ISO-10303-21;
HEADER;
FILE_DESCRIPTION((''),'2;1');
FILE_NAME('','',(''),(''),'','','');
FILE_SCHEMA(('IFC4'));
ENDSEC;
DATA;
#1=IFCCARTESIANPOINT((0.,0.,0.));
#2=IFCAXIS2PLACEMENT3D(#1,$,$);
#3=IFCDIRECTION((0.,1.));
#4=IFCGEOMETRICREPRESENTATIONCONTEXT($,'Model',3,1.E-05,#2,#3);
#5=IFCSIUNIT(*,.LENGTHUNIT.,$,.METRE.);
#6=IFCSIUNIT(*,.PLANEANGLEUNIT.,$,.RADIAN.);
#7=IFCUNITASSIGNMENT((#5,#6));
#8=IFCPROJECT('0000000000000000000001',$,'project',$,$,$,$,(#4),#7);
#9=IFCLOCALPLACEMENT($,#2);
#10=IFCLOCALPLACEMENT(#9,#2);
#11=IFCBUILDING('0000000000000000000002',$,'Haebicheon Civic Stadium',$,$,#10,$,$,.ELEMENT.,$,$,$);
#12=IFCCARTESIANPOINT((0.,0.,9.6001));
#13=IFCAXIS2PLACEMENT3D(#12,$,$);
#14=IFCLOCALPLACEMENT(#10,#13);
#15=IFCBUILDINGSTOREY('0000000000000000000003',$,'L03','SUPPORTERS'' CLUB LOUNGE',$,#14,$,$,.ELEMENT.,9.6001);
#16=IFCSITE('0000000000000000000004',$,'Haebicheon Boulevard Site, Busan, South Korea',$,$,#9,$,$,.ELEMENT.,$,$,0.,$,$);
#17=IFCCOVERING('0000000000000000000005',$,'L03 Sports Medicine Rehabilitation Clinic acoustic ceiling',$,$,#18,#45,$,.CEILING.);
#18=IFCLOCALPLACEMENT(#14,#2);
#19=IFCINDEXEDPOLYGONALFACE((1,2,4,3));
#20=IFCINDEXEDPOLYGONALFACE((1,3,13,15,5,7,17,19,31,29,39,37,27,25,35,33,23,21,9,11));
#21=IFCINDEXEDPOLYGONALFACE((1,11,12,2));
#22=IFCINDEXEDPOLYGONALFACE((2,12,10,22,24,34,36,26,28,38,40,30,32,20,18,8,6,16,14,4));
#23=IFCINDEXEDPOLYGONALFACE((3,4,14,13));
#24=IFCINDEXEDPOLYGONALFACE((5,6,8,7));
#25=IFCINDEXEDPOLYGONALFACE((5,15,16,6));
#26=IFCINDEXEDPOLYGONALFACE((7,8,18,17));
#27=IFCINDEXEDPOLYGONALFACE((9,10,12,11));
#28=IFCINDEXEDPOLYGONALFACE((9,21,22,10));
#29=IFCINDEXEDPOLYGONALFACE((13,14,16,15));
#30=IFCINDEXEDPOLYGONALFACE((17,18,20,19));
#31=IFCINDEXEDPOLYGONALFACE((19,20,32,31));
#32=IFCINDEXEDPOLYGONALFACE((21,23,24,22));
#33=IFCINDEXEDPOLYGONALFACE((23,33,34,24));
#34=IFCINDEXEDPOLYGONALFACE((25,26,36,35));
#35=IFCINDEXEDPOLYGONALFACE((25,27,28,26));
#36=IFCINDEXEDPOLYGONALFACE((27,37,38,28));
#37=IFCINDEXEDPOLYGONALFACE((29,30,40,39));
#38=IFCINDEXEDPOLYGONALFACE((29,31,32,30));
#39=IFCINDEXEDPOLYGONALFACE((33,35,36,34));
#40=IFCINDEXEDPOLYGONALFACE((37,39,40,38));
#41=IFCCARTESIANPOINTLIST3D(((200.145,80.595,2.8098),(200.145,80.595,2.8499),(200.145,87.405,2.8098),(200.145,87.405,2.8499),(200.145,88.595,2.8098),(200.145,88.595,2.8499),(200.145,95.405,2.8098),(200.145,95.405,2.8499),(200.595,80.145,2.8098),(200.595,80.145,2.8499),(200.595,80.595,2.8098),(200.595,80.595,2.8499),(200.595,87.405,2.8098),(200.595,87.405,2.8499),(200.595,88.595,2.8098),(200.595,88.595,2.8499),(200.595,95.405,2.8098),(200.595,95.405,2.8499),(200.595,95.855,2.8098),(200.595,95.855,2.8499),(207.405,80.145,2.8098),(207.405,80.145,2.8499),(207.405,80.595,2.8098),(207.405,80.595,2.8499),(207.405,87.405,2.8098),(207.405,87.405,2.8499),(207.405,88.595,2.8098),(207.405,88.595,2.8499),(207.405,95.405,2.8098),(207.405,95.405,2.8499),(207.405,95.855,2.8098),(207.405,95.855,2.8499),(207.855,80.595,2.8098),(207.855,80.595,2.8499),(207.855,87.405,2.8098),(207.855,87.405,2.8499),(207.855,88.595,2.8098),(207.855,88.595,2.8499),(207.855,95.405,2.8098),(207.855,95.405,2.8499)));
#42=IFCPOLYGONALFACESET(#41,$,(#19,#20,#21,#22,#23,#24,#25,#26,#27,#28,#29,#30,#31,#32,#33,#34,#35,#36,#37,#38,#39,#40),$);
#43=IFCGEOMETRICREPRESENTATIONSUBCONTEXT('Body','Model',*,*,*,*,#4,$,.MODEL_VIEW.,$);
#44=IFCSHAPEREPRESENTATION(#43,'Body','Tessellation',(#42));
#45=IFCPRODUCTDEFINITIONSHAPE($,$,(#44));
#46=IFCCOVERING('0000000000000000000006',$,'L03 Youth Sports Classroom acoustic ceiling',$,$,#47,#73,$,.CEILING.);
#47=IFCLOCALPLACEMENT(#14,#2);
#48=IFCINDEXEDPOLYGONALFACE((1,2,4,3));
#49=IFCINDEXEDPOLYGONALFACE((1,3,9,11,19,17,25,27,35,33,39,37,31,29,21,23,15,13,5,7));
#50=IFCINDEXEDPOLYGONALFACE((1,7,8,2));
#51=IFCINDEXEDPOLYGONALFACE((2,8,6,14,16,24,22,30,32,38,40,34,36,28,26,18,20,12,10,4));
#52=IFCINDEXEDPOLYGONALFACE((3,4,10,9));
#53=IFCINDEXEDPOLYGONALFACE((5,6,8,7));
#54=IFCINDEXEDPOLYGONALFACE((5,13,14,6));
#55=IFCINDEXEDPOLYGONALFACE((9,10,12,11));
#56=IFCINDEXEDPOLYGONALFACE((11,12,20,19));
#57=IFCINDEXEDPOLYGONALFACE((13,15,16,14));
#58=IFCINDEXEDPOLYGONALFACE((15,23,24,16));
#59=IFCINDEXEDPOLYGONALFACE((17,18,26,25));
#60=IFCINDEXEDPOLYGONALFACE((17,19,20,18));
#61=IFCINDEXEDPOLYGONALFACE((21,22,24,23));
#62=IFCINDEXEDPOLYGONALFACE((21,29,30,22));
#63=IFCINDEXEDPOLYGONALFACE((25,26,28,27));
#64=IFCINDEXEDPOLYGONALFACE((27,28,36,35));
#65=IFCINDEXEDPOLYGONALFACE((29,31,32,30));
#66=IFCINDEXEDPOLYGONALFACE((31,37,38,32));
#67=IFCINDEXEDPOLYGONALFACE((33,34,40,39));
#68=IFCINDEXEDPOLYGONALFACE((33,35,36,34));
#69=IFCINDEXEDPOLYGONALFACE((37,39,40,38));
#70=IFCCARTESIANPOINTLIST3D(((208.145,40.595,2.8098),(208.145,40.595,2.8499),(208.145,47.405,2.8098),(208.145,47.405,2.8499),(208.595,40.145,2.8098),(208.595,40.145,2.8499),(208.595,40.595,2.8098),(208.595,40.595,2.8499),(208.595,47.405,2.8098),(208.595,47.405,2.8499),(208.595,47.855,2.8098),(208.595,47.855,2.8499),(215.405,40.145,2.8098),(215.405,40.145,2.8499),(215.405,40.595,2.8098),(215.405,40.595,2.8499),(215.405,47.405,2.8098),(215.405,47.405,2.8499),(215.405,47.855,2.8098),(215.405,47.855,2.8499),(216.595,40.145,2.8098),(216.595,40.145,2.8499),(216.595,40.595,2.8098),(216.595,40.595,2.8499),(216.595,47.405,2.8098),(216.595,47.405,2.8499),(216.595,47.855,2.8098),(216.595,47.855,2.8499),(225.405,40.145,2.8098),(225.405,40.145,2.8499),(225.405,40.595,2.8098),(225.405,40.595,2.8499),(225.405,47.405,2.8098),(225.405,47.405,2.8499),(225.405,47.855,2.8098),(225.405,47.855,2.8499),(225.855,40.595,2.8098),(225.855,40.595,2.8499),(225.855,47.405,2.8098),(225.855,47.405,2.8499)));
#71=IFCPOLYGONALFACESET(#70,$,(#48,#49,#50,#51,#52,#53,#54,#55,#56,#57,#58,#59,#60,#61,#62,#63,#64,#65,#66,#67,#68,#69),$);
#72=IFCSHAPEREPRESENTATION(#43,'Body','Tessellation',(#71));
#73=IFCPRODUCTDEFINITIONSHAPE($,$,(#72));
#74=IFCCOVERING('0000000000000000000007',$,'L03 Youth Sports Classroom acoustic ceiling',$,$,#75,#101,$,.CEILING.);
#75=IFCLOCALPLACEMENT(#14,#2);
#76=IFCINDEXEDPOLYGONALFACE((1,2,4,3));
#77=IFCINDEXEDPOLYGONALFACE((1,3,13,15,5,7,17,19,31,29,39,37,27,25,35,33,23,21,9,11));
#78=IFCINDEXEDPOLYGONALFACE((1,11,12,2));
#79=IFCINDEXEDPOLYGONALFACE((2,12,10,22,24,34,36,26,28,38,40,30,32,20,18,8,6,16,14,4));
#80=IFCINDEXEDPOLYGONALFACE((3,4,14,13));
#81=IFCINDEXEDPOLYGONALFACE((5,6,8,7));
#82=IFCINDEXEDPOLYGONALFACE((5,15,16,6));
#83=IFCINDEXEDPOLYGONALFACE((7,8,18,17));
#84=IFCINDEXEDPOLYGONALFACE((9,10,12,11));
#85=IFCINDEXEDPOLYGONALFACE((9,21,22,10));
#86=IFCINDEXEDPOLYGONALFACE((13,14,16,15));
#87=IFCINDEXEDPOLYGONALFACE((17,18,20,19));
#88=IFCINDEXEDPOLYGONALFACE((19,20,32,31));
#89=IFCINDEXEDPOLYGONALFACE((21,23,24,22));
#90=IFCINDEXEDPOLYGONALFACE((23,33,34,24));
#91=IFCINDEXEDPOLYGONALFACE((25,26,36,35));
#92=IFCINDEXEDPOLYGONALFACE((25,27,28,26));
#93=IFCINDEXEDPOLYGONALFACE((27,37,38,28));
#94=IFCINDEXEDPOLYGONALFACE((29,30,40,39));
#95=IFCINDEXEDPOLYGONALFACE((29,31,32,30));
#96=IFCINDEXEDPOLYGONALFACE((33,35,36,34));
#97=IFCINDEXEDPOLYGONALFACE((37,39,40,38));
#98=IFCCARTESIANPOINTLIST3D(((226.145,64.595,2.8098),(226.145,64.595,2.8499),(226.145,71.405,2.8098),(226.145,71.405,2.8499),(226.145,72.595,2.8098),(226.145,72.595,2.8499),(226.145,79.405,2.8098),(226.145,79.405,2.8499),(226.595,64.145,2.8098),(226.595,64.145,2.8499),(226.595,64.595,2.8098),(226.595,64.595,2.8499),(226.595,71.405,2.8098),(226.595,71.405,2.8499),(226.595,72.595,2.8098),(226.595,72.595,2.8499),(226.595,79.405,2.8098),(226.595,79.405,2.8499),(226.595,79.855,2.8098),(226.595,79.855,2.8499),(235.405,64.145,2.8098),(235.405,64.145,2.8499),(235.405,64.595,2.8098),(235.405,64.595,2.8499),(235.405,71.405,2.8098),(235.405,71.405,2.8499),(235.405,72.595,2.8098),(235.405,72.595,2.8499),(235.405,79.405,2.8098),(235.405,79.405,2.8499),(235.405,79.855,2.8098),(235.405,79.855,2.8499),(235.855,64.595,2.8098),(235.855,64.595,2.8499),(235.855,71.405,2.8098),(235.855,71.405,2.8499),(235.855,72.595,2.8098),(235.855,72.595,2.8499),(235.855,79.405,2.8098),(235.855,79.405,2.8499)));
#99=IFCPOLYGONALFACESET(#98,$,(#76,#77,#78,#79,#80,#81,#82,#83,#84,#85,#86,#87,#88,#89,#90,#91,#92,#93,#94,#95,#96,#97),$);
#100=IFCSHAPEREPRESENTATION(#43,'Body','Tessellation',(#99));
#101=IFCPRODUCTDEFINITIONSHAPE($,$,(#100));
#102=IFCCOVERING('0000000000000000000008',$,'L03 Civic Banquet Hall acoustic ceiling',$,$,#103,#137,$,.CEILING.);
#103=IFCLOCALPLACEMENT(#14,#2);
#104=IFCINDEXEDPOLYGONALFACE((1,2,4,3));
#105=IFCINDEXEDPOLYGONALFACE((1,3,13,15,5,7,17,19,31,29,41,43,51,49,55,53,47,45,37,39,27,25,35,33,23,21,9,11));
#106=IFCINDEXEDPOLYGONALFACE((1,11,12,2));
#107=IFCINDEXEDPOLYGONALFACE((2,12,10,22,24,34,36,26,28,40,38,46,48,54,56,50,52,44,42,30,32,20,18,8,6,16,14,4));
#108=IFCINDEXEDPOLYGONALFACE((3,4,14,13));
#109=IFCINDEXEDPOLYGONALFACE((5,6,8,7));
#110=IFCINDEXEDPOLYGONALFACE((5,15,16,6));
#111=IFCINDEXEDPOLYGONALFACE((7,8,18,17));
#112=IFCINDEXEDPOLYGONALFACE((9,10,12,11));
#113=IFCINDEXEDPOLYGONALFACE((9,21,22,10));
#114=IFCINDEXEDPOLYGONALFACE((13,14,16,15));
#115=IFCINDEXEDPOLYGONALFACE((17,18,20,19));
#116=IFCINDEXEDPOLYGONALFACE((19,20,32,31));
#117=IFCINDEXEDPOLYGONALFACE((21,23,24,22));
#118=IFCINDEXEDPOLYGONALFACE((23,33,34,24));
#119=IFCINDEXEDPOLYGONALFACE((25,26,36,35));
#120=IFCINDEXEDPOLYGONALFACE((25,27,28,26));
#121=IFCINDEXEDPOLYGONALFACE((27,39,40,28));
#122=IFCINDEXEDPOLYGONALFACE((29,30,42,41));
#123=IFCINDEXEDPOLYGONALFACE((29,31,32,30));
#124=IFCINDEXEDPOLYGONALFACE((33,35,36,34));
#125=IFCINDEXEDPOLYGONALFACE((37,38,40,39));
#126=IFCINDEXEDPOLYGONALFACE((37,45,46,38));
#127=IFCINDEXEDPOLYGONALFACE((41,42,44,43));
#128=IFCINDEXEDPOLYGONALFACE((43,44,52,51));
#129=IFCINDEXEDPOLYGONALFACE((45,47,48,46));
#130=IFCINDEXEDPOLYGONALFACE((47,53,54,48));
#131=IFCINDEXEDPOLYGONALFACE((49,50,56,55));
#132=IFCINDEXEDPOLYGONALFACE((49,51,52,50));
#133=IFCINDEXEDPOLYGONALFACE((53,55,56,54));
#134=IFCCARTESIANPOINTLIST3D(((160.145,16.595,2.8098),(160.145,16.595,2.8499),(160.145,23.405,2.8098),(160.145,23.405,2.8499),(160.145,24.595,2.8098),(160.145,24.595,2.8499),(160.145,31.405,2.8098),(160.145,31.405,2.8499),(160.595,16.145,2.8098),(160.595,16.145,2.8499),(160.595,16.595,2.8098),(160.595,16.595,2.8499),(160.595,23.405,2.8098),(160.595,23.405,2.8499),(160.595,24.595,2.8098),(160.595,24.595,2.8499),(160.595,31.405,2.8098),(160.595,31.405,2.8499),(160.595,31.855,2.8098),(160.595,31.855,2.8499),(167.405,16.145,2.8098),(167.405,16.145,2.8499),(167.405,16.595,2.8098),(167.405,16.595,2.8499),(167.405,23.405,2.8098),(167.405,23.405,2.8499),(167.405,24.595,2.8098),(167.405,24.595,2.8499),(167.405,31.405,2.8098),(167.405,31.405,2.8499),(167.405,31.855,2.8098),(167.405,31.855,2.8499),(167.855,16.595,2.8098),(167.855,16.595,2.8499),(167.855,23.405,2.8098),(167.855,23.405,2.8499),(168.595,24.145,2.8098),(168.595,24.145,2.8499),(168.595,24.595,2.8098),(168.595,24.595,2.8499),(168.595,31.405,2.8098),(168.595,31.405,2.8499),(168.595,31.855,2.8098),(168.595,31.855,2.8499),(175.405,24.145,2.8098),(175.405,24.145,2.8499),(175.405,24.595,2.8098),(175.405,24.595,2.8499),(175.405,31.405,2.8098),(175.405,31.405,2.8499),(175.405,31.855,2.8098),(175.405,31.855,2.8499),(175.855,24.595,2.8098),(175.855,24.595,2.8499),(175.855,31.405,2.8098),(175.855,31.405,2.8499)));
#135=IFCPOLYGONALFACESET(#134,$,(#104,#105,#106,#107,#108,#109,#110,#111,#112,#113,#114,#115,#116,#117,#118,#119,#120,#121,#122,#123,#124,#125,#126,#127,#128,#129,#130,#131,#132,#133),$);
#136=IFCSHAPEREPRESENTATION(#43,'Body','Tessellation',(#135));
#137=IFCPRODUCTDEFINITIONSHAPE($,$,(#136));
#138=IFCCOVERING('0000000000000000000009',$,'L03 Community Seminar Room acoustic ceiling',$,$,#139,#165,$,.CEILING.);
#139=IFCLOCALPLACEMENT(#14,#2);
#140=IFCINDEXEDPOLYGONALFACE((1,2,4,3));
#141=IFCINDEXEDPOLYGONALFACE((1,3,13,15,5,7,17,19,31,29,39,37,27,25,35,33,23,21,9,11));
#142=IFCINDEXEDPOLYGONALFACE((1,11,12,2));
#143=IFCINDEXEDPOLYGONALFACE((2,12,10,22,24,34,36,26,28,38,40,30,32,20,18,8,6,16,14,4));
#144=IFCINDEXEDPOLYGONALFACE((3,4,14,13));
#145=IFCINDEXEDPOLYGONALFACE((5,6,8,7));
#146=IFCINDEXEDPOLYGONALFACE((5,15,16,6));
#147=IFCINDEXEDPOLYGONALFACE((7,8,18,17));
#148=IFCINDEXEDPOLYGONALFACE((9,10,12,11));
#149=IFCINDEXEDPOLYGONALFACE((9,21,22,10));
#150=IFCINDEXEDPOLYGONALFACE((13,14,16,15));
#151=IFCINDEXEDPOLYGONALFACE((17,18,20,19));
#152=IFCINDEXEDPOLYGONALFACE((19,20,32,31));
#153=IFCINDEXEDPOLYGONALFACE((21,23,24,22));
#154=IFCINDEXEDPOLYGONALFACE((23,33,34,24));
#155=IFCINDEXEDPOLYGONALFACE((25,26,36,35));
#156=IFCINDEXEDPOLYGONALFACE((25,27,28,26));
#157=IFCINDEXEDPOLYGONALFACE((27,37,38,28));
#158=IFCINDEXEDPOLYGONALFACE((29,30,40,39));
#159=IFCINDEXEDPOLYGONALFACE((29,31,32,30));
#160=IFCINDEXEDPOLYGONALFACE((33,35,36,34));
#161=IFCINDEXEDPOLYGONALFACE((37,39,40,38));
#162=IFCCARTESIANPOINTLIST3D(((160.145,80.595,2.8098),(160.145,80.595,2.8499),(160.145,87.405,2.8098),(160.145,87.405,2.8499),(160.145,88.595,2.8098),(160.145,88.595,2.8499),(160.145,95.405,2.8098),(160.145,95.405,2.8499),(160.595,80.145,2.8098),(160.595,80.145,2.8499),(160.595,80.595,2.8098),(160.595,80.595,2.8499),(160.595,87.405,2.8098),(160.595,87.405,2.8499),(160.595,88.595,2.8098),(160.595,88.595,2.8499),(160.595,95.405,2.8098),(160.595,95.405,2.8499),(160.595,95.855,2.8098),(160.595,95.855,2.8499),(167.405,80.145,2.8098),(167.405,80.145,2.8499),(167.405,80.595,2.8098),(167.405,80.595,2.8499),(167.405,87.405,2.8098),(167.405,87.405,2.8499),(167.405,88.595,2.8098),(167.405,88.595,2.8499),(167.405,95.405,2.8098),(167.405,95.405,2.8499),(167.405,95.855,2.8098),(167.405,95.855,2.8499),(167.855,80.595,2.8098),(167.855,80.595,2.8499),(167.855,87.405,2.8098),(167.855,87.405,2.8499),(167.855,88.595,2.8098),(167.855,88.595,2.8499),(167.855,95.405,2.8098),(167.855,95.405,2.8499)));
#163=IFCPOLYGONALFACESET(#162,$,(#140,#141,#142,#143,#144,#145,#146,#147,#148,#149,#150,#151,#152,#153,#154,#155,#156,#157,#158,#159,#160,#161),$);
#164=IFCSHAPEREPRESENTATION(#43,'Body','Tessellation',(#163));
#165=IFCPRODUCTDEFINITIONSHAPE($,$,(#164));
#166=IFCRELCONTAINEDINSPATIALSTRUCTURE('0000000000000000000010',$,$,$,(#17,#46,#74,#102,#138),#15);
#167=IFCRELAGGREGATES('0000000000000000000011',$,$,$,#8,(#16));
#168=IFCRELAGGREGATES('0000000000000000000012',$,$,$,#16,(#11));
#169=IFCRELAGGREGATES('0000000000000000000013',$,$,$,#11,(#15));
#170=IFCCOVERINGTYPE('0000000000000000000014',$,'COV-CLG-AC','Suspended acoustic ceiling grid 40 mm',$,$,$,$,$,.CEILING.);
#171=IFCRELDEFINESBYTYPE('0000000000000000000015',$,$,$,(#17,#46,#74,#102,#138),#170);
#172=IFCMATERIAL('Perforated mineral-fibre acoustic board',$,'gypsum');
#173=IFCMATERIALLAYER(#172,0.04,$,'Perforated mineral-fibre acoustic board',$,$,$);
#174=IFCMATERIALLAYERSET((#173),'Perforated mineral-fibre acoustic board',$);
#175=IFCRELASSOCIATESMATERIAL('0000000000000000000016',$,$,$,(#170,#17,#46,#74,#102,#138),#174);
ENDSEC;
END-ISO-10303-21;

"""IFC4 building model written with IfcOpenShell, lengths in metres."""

from ifc_helpers import new_model, si_unit, direction, frame, origin, place, context, subcontext, project, spatial, polyline, outline, extrude, material, layer, layer_set, type_object, element, save


model = new_model("IFC4")

# Units and contexts
model_context = context("Model", 3, precision=1e-05, world=origin(), true_north=direction((0.0, 1.0)))
body_context = subcontext(model_context, "Body", "Model", "MODEL_VIEW")
ifc_project = project(units=[si_unit("LENGTHUNIT", "METRE"), si_unit("PLANEANGLEUNIT", "RADIAN")], contexts=[model_context])

# Site, building, storey
site_placement = place(None, origin())
site = spatial("IfcSite", under=ifc_project, at=site_placement, Name="Haebicheon Boulevard Site, Busan, South Korea", CompositionType="ELEMENT", RefElevation=0.0)
building_placement = place(site_placement, origin())
building = spatial("IfcBuilding", under=site, at=building_placement, Name="Haebicheon Civic Stadium", CompositionType="ELEMENT")
storey_placement = place(building_placement, frame((0.0, 0.0, 9.6001)))
storey = spatial("IfcBuildingStorey", under=building, at=storey_placement, Name="L03", Description="SUPPORTERS' CLUB LOUNGE", CompositionType="ELEMENT", Elevation=9.6001)

# Coverings
ifc_material_1 = material(Name="Perforated mineral-fibre acoustic board", Category="gypsum")
ifc_layer_1 = layer(ifc_material_1, 0.04, Name="Perforated mineral-fibre acoustic board")
ifc_layer_set_1 = layer_set([ifc_layer_1], Name="Perforated mineral-fibre acoustic board")
covering_type_1 = type_object("IfcCoveringType", Name="COV-CLG-AC", Description="Suspended acoustic ceiling grid 40 mm", PredefinedType="CEILING", material=ifc_layer_set_1)
covering_1_placement = place(storey_placement, frame((0.0, 0.0, 2.8098)))
element("IfcCovering", 1, at=covering_1_placement, inside=storey, type_object=covering_type_1, material=ifc_layer_set_1, Name="L03 Sports Medicine Rehabilitation Clinic acoustic ceiling", PredefinedType="CEILING", context=body_context, shape_type="SweptSolid", body=[
    extrude(outline(polyline([(200.595, 80.145), (200.595, 80.595), (200.145, 80.595), (200.145, 87.405), (200.595, 87.405), (200.595, 88.595), (200.145, 88.595), (200.145, 95.405), (200.595, 95.405), (200.595, 95.855), (207.405, 95.855), (207.405, 95.405), (207.855, 95.405), (207.855, 88.595), (207.405, 88.595), (207.405, 87.405), (207.855, 87.405), (207.855, 80.595), (207.405, 80.595), (207.405, 80.145), (200.595, 80.145)])), origin(), (0.0, 0.0, 1.0), 0.04),
])
covering_2_placement = place(storey_placement, frame((0.0, 0.0, 2.8098)))
element("IfcCovering", 2, at=covering_2_placement, inside=storey, type_object=covering_type_1, material=ifc_layer_set_1, Name="L03 Youth Sports Classroom acoustic ceiling", PredefinedType="CEILING", context=body_context, shape_type="SweptSolid", body=[
    extrude(outline(polyline([(208.145, 47.405), (208.595, 47.405), (208.595, 47.855), (215.405, 47.855), (215.405, 47.405), (216.595, 47.405), (216.595, 47.855), (225.405, 47.855), (225.405, 47.405), (225.855, 47.405), (225.855, 40.595), (225.405, 40.595), (225.405, 40.145), (216.595, 40.145), (216.595, 40.595), (215.405, 40.595), (215.405, 40.145), (208.595, 40.145), (208.595, 40.595), (208.145, 40.595), (208.145, 47.405)])), origin(), (0.0, 0.0, 1.0), 0.04),
])
covering_3_placement = place(storey_placement, frame((0.0, 0.0, 2.8098)))
element("IfcCovering", 3, at=covering_3_placement, inside=storey, type_object=covering_type_1, material=ifc_layer_set_1, Name="L03 Youth Sports Classroom acoustic ceiling", PredefinedType="CEILING", context=body_context, shape_type="SweptSolid", body=[
    extrude(outline(polyline([(226.595, 64.145), (226.595, 64.595), (226.145, 64.595), (226.145, 71.405), (226.595, 71.405), (226.595, 72.595), (226.145, 72.595), (226.145, 79.405), (226.595, 79.405), (226.595, 79.855), (235.405, 79.855), (235.405, 79.405), (235.855, 79.405), (235.855, 72.595), (235.405, 72.595), (235.405, 71.405), (235.855, 71.405), (235.855, 64.595), (235.405, 64.595), (235.405, 64.145), (226.595, 64.145)])), origin(), (0.0, 0.0, 1.0), 0.04),
])
covering_4_placement = place(storey_placement, frame((0.0, 0.0, 2.8098)))
element("IfcCovering", 4, at=covering_4_placement, inside=storey, type_object=covering_type_1, material=ifc_layer_set_1, Name="L03 Civic Banquet Hall acoustic ceiling", PredefinedType="CEILING", context=body_context, shape_type="SweptSolid", body=[
    extrude(outline(polyline([(160.595, 16.145), (160.595, 16.595), (160.145, 16.595), (160.145, 23.405), (160.595, 23.405), (160.595, 24.595), (160.145, 24.595), (160.145, 31.405), (160.595, 31.405), (160.595, 31.855), (167.405, 31.855), (167.405, 31.405), (168.595, 31.405), (168.595, 31.855), (175.405, 31.855), (175.405, 31.405), (175.855, 31.405), (175.855, 24.595), (175.405, 24.595), (175.405, 24.145), (168.595, 24.145), (168.595, 24.595), (167.405, 24.595), (167.405, 23.405), (167.855, 23.405), (167.855, 16.595), (167.405, 16.595), (167.405, 16.145), (160.595, 16.145)])), origin(), (0.0, 0.0, 1.0), 0.04),
])
covering_5_placement = place(storey_placement, frame((0.0, 0.0, 2.8098)))
element("IfcCovering", 5, at=covering_5_placement, inside=storey, type_object=covering_type_1, material=ifc_layer_set_1, Name="L03 Community Seminar Room acoustic ceiling", PredefinedType="CEILING", context=body_context, shape_type="SweptSolid", body=[
    extrude(outline(polyline([(160.595, 80.145), (160.595, 80.595), (160.145, 80.595), (160.145, 87.405), (160.595, 87.405), (160.595, 88.595), (160.145, 88.595), (160.145, 95.405), (160.595, 95.405), (160.595, 95.855), (167.405, 95.855), (167.405, 95.405), (167.855, 95.405), (167.855, 88.595), (167.405, 88.595), (167.405, 87.405), (167.855, 87.405), (167.855, 80.595), (167.405, 80.595), (167.405, 80.145), (160.595, 80.145)])), origin(), (0.0, 0.0, 1.0), 0.04),
])

save(model, "model.ifc")
